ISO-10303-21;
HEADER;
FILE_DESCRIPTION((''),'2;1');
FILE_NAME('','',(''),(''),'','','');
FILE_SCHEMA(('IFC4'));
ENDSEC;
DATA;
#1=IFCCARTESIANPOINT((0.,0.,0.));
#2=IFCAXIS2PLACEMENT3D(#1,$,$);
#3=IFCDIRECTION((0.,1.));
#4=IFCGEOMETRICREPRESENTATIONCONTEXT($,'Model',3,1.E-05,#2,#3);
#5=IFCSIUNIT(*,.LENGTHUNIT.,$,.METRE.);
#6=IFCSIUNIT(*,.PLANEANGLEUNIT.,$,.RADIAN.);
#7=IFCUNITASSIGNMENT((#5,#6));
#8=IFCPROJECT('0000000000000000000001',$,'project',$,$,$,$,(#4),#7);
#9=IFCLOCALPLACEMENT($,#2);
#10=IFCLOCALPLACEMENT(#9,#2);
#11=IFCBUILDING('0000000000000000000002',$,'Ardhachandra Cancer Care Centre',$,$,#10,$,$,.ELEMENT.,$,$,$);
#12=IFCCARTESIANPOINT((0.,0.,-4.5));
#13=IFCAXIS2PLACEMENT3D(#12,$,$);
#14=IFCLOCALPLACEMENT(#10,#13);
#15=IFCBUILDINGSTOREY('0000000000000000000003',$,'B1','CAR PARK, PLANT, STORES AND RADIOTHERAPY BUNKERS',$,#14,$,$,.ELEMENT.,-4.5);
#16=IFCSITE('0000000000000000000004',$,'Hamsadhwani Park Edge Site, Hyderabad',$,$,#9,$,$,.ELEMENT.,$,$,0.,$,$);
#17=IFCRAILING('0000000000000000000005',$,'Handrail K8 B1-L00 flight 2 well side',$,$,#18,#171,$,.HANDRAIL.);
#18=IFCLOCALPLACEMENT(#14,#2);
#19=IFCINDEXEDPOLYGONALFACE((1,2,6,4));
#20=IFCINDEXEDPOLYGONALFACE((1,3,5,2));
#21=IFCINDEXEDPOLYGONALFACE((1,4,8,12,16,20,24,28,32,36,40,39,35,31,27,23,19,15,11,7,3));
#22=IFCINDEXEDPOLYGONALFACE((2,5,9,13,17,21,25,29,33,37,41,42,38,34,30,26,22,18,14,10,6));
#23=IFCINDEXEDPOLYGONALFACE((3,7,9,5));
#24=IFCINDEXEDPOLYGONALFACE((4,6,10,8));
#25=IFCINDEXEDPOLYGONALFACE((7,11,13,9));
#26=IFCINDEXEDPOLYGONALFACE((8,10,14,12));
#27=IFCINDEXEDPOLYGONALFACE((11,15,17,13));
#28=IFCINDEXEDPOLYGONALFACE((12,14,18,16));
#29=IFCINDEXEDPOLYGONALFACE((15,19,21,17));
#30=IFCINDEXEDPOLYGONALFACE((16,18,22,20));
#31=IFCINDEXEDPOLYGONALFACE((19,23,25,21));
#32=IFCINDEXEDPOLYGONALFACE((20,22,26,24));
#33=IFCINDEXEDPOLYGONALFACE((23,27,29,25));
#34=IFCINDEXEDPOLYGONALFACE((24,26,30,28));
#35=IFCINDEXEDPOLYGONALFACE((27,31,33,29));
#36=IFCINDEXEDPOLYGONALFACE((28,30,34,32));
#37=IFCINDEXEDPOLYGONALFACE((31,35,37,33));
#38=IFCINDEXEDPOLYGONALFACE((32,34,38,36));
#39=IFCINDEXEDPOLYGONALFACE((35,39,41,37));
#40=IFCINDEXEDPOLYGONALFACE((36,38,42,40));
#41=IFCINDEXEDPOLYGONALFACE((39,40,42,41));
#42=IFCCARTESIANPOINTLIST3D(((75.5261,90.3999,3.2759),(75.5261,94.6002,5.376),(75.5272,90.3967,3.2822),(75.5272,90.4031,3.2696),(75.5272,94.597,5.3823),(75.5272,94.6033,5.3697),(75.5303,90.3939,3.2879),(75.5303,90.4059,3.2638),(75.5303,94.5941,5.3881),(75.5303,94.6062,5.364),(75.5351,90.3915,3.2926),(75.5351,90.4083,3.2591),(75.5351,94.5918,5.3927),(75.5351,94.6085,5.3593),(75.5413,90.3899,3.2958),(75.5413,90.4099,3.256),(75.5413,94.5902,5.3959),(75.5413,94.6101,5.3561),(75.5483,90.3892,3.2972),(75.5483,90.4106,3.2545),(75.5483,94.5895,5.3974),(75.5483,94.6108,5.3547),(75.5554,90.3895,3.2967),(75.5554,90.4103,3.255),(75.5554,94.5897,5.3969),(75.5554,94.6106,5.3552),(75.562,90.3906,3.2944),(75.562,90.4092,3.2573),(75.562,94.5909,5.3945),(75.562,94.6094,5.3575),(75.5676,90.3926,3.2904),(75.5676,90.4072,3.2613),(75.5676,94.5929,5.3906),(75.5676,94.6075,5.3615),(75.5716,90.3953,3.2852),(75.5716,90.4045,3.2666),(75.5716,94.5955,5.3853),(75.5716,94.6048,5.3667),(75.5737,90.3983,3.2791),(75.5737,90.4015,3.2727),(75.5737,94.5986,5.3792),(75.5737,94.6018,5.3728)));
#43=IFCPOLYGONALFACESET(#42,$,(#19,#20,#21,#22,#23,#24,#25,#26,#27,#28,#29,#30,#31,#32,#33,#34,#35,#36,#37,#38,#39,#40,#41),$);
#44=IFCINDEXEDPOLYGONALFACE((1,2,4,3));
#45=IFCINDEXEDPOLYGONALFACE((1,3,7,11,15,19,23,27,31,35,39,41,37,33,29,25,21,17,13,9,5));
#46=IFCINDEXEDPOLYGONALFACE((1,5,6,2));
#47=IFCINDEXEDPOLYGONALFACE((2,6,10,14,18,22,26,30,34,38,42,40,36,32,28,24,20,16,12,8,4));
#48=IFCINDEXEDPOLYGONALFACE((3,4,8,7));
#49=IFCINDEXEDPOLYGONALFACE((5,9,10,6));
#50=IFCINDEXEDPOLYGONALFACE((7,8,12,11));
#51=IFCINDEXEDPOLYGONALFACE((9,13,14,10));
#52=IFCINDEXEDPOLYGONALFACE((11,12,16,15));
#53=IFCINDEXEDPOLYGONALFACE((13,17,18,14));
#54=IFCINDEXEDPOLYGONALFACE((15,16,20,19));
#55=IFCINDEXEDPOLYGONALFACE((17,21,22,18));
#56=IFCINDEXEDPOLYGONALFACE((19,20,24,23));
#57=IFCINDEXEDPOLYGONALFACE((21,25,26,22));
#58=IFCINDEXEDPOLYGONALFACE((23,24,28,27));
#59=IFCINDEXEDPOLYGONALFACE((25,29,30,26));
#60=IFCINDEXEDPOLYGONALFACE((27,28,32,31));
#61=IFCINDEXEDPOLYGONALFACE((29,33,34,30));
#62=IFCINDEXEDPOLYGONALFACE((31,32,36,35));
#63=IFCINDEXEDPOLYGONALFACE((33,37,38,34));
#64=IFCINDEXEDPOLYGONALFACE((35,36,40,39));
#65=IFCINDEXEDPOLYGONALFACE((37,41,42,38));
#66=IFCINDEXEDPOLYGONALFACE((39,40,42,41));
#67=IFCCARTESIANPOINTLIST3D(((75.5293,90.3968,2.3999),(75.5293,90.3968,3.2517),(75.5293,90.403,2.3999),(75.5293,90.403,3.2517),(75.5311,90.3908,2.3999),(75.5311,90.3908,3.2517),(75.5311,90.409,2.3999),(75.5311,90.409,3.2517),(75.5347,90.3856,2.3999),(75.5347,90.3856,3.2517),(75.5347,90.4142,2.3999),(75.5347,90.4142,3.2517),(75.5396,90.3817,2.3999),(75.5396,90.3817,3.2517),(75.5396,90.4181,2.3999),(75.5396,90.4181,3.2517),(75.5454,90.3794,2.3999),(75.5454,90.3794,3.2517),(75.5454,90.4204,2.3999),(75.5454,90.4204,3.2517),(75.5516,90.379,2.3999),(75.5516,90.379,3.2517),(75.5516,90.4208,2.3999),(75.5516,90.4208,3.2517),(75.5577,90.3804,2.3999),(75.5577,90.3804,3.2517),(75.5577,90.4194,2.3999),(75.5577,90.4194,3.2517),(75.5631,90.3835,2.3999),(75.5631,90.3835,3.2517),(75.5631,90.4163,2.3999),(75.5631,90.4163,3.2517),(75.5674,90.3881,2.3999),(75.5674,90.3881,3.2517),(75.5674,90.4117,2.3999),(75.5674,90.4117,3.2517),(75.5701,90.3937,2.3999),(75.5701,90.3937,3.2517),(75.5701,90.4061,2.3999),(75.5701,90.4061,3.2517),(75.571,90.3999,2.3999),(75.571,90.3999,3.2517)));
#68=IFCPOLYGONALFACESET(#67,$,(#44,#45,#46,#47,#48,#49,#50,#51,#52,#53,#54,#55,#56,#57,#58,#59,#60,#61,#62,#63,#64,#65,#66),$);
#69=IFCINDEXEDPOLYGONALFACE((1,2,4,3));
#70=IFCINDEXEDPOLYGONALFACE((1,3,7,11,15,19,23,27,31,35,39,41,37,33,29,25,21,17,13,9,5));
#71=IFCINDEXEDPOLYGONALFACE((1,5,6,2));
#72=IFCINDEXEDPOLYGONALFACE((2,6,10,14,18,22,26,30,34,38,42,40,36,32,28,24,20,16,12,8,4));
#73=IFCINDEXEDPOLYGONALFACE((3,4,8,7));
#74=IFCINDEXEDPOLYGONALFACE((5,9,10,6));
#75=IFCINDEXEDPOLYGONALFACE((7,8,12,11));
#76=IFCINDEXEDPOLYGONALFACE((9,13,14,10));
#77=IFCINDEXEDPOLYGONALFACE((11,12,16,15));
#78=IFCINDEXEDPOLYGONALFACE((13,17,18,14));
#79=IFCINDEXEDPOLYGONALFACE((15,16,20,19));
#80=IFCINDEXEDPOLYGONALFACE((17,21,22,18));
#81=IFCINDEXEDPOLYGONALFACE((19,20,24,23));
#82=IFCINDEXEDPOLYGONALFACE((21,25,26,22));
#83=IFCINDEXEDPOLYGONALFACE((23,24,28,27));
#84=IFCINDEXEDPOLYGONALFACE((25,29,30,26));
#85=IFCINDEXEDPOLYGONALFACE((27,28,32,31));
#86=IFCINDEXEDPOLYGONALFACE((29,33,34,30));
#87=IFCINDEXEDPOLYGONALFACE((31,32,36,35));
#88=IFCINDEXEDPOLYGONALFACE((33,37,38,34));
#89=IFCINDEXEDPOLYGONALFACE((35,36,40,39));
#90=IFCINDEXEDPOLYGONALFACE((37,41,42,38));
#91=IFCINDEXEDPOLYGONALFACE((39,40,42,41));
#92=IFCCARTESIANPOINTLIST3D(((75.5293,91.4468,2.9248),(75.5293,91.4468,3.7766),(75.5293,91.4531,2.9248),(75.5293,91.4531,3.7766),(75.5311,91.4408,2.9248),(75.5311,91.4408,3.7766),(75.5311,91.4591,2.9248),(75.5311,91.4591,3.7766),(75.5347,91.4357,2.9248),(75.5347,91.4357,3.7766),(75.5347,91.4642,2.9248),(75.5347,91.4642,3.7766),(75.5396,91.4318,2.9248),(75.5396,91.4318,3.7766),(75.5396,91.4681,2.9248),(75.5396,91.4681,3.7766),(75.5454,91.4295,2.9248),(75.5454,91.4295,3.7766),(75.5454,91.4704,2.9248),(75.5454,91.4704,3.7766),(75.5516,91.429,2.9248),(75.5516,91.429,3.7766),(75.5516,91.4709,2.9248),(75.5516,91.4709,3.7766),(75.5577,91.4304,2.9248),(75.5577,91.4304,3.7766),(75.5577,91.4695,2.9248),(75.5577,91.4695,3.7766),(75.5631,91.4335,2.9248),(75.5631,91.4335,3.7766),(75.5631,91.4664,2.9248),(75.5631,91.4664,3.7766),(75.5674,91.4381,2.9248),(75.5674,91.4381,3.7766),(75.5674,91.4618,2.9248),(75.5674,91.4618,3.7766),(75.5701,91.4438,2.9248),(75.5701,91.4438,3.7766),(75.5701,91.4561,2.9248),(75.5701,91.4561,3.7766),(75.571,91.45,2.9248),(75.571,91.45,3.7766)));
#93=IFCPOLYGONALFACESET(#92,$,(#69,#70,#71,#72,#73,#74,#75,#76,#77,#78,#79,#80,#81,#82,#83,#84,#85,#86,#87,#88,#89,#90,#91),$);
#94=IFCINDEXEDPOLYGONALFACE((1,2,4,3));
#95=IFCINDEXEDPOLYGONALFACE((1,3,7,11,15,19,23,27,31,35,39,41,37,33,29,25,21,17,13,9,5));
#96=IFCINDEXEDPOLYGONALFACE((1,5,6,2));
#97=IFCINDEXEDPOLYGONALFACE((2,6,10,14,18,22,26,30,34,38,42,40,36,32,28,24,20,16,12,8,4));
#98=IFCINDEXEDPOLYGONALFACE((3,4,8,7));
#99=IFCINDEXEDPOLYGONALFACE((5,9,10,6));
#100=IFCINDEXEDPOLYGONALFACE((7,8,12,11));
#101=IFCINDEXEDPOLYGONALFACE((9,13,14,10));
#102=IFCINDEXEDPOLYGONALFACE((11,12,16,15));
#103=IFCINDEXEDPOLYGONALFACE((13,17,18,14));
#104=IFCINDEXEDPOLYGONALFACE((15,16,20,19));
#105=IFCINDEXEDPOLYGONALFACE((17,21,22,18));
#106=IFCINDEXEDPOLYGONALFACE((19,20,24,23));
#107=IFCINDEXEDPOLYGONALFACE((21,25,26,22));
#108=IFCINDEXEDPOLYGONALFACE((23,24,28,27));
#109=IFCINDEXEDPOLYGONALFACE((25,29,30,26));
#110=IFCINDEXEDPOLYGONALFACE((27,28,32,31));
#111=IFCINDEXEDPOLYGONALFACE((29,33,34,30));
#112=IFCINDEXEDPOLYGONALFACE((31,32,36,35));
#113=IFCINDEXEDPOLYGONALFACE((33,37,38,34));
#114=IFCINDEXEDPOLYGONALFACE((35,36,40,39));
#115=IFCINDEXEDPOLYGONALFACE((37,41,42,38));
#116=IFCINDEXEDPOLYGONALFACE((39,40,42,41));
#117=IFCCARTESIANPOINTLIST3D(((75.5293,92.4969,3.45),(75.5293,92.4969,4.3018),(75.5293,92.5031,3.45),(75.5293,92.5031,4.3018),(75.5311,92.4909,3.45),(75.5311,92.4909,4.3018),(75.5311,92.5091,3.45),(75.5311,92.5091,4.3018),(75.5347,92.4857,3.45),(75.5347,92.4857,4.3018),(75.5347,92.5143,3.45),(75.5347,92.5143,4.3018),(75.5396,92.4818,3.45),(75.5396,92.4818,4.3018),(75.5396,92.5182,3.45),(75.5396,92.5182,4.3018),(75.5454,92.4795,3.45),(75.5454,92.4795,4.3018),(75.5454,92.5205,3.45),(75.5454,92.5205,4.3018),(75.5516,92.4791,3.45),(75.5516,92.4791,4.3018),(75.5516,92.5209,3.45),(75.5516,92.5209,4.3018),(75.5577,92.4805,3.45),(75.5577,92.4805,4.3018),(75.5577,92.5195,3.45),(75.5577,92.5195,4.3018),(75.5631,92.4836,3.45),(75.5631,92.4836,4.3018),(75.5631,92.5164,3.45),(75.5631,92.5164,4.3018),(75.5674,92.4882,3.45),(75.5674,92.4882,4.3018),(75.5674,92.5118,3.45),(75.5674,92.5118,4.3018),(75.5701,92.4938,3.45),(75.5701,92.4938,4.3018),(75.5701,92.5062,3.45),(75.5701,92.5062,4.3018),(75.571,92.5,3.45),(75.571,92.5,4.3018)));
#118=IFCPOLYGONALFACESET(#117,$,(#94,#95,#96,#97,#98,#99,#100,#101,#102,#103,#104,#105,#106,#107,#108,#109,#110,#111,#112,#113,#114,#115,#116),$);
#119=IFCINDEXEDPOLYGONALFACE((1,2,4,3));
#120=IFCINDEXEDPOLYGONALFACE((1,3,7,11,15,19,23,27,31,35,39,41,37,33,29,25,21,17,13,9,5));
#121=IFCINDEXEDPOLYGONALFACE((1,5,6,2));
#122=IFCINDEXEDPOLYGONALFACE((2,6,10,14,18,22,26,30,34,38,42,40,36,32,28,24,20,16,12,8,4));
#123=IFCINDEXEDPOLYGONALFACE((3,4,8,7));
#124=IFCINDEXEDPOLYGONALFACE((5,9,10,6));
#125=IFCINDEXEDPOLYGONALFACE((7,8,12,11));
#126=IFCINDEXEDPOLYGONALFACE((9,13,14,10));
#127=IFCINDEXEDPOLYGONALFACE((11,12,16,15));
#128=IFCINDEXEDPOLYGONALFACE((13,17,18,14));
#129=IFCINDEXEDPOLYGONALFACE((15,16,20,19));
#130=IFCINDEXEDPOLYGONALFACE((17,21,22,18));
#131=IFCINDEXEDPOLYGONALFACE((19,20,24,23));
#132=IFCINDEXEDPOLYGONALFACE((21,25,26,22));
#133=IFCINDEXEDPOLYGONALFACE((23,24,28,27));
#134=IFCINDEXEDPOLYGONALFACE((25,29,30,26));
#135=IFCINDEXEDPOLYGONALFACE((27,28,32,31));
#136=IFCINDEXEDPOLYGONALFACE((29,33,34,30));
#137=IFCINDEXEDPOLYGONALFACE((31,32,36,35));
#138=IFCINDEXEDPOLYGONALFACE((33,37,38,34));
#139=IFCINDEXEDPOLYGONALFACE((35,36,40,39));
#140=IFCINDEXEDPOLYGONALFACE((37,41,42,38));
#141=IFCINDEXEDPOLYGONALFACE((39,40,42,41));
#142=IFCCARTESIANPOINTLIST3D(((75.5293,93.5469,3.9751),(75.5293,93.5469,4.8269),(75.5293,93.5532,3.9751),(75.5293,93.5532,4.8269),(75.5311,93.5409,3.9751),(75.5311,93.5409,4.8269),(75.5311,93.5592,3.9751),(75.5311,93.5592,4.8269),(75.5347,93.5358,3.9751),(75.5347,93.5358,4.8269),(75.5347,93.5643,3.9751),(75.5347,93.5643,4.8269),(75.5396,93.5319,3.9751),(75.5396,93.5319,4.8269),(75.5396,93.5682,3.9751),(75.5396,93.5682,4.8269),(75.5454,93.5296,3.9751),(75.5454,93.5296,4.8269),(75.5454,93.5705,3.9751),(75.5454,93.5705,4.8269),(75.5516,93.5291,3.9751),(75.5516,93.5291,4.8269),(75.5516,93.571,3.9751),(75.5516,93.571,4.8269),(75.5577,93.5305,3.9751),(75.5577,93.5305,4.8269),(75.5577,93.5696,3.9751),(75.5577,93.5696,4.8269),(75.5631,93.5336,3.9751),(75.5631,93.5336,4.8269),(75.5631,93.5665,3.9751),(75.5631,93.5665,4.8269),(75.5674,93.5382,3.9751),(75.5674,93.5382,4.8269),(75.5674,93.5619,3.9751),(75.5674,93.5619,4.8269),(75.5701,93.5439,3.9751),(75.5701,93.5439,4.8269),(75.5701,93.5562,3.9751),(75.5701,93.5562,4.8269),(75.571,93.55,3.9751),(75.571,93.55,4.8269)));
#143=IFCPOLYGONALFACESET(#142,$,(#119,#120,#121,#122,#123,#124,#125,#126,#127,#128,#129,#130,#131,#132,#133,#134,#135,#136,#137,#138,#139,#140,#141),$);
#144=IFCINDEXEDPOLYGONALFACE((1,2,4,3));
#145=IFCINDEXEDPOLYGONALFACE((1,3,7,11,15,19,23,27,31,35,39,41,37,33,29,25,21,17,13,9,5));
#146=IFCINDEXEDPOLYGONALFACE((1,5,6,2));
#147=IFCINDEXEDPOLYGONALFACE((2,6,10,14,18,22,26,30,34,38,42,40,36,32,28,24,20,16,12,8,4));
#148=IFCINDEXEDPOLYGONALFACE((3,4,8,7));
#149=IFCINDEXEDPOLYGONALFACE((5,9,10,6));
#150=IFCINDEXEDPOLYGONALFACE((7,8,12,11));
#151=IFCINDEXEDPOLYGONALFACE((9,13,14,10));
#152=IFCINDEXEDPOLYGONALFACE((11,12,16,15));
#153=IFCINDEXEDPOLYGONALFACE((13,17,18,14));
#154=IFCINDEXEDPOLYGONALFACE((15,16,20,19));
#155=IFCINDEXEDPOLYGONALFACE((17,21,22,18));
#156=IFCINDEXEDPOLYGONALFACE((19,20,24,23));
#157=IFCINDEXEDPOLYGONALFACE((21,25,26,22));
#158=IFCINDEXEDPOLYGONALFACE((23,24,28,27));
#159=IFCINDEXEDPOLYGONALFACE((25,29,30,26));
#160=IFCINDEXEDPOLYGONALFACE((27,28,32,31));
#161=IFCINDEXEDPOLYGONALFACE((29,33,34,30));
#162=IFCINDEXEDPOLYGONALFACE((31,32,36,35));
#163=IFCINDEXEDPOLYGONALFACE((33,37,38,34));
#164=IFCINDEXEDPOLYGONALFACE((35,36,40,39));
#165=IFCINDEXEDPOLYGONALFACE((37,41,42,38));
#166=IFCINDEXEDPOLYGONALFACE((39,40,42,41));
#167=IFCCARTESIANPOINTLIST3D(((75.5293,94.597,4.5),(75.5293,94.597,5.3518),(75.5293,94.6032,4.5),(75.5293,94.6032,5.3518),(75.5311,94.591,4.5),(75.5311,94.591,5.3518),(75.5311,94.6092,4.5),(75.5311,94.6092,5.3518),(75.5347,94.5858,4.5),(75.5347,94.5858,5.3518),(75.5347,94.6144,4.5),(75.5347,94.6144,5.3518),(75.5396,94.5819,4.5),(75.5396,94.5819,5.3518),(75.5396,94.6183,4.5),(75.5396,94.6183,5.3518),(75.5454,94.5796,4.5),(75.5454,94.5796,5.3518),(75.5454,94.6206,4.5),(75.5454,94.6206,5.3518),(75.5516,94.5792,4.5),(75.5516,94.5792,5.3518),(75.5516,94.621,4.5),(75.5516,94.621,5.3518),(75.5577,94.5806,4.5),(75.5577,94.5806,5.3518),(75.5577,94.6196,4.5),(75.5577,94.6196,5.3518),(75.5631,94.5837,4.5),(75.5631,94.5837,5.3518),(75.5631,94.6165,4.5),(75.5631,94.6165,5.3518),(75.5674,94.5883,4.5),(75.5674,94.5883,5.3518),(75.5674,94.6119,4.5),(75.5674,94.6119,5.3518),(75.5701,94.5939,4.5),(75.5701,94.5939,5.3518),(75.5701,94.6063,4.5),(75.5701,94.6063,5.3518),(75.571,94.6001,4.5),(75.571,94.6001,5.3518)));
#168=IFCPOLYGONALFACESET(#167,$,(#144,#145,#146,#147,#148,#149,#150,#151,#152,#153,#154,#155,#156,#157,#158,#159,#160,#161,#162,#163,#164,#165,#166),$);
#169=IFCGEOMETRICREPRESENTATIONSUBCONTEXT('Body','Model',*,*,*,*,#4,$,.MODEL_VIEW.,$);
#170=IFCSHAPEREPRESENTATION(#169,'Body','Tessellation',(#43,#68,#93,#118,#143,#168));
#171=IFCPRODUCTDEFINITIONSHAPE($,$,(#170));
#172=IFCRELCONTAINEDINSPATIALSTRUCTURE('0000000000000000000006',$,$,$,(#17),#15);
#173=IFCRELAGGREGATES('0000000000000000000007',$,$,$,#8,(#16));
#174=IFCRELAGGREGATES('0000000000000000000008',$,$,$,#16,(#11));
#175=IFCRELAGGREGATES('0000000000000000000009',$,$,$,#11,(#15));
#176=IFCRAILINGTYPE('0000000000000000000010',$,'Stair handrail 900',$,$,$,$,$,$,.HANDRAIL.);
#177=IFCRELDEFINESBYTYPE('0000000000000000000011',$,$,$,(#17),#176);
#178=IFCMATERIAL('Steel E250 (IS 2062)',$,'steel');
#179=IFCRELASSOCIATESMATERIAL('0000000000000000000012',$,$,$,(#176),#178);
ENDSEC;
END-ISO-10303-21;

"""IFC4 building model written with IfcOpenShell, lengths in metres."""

from ifc_helpers import new_model, si_unit, direction, frame, origin, origin_2d, place, context, subcontext, project, spatial, circle, extrude, material, type_object, element, save


model = new_model("IFC4")

# Units and contexts
model_context = context("Model", 3, precision=1e-05, world=origin(), true_north=direction((0.0, 1.0)))
body_context = subcontext(model_context, "Body", "Model", "MODEL_VIEW")
ifc_project = project(units=[si_unit("LENGTHUNIT", "METRE"), si_unit("PLANEANGLEUNIT", "RADIAN")], contexts=[model_context])

# Site, building, storey
site_placement = place(None, origin())
site = spatial("IfcSite", under=ifc_project, at=site_placement, Name="Hamsadhwani Park Edge Site, Hyderabad", CompositionType="ELEMENT", RefElevation=0.0)
building_placement = place(site_placement, origin())
building = spatial("IfcBuilding", under=site, at=building_placement, Name="Ardhachandra Cancer Care Centre", CompositionType="ELEMENT")
storey_placement = place(building_placement, frame((0.0, 0.0, -4.5)))
storey = spatial("IfcBuildingStorey", under=building, at=storey_placement, Name="B1", Description="CAR PARK, PLANT, STORES AND RADIOTHERAPY BUNKERS", CompositionType="ELEMENT", Elevation=-4.5)

# Railing
ifc_material_1 = material(Name="Steel E250 (IS 2062)", Category="steel")
railing_type = type_object("IfcRailingType", Name="Stair handrail 900", PredefinedType="HANDRAIL", material=ifc_material_1)
for number, where, name in (
    (1, (75.55, 90.3999, 2.3999), "Handrail K8 B1-L00 flight 2 well side"),
):
    element("IfcRailing", number, at=place(storey_placement, frame(where)), inside=storey, type_object=railing_type, Name=name, PredefinedType="HANDRAIL", context=body_context, shape_type="SweptSolid", body=[
        extrude(circle(Radius=0.0239, at=origin_2d()), frame((0.0, 0.0, 0.876), z_axis=(0.0, 0.894427, 0.447214), x_axis=(-1.0, 0.0, 0.0)), (0.0, 0.0, 1.0), 4.696),
        extrude(circle(Radius=0.021, at=origin_2d()), origin(), (0.0, 0.0, 1.0), 0.8518),
        extrude(circle(Radius=0.021, at=origin_2d()), frame((0.0, 1.05, 0.5249)), (0.0, 0.0, 1.0), 0.8518),
        extrude(circle(Radius=0.021, at=origin_2d()), frame((0.0, 2.1001, 1.05)), (0.0, 0.0, 1.0), 0.8518),
        extrude(circle(Radius=0.021, at=origin_2d()), frame((0.0, 3.1501, 1.5752)), (0.0, 0.0, 1.0), 0.8518),
        extrude(circle(Radius=0.021, at=origin_2d()), frame((0.0, 4.2002, 2.1001)), (0.0, 0.0, 1.0), 0.8518),
    ])

save(model, "model.ifc")
